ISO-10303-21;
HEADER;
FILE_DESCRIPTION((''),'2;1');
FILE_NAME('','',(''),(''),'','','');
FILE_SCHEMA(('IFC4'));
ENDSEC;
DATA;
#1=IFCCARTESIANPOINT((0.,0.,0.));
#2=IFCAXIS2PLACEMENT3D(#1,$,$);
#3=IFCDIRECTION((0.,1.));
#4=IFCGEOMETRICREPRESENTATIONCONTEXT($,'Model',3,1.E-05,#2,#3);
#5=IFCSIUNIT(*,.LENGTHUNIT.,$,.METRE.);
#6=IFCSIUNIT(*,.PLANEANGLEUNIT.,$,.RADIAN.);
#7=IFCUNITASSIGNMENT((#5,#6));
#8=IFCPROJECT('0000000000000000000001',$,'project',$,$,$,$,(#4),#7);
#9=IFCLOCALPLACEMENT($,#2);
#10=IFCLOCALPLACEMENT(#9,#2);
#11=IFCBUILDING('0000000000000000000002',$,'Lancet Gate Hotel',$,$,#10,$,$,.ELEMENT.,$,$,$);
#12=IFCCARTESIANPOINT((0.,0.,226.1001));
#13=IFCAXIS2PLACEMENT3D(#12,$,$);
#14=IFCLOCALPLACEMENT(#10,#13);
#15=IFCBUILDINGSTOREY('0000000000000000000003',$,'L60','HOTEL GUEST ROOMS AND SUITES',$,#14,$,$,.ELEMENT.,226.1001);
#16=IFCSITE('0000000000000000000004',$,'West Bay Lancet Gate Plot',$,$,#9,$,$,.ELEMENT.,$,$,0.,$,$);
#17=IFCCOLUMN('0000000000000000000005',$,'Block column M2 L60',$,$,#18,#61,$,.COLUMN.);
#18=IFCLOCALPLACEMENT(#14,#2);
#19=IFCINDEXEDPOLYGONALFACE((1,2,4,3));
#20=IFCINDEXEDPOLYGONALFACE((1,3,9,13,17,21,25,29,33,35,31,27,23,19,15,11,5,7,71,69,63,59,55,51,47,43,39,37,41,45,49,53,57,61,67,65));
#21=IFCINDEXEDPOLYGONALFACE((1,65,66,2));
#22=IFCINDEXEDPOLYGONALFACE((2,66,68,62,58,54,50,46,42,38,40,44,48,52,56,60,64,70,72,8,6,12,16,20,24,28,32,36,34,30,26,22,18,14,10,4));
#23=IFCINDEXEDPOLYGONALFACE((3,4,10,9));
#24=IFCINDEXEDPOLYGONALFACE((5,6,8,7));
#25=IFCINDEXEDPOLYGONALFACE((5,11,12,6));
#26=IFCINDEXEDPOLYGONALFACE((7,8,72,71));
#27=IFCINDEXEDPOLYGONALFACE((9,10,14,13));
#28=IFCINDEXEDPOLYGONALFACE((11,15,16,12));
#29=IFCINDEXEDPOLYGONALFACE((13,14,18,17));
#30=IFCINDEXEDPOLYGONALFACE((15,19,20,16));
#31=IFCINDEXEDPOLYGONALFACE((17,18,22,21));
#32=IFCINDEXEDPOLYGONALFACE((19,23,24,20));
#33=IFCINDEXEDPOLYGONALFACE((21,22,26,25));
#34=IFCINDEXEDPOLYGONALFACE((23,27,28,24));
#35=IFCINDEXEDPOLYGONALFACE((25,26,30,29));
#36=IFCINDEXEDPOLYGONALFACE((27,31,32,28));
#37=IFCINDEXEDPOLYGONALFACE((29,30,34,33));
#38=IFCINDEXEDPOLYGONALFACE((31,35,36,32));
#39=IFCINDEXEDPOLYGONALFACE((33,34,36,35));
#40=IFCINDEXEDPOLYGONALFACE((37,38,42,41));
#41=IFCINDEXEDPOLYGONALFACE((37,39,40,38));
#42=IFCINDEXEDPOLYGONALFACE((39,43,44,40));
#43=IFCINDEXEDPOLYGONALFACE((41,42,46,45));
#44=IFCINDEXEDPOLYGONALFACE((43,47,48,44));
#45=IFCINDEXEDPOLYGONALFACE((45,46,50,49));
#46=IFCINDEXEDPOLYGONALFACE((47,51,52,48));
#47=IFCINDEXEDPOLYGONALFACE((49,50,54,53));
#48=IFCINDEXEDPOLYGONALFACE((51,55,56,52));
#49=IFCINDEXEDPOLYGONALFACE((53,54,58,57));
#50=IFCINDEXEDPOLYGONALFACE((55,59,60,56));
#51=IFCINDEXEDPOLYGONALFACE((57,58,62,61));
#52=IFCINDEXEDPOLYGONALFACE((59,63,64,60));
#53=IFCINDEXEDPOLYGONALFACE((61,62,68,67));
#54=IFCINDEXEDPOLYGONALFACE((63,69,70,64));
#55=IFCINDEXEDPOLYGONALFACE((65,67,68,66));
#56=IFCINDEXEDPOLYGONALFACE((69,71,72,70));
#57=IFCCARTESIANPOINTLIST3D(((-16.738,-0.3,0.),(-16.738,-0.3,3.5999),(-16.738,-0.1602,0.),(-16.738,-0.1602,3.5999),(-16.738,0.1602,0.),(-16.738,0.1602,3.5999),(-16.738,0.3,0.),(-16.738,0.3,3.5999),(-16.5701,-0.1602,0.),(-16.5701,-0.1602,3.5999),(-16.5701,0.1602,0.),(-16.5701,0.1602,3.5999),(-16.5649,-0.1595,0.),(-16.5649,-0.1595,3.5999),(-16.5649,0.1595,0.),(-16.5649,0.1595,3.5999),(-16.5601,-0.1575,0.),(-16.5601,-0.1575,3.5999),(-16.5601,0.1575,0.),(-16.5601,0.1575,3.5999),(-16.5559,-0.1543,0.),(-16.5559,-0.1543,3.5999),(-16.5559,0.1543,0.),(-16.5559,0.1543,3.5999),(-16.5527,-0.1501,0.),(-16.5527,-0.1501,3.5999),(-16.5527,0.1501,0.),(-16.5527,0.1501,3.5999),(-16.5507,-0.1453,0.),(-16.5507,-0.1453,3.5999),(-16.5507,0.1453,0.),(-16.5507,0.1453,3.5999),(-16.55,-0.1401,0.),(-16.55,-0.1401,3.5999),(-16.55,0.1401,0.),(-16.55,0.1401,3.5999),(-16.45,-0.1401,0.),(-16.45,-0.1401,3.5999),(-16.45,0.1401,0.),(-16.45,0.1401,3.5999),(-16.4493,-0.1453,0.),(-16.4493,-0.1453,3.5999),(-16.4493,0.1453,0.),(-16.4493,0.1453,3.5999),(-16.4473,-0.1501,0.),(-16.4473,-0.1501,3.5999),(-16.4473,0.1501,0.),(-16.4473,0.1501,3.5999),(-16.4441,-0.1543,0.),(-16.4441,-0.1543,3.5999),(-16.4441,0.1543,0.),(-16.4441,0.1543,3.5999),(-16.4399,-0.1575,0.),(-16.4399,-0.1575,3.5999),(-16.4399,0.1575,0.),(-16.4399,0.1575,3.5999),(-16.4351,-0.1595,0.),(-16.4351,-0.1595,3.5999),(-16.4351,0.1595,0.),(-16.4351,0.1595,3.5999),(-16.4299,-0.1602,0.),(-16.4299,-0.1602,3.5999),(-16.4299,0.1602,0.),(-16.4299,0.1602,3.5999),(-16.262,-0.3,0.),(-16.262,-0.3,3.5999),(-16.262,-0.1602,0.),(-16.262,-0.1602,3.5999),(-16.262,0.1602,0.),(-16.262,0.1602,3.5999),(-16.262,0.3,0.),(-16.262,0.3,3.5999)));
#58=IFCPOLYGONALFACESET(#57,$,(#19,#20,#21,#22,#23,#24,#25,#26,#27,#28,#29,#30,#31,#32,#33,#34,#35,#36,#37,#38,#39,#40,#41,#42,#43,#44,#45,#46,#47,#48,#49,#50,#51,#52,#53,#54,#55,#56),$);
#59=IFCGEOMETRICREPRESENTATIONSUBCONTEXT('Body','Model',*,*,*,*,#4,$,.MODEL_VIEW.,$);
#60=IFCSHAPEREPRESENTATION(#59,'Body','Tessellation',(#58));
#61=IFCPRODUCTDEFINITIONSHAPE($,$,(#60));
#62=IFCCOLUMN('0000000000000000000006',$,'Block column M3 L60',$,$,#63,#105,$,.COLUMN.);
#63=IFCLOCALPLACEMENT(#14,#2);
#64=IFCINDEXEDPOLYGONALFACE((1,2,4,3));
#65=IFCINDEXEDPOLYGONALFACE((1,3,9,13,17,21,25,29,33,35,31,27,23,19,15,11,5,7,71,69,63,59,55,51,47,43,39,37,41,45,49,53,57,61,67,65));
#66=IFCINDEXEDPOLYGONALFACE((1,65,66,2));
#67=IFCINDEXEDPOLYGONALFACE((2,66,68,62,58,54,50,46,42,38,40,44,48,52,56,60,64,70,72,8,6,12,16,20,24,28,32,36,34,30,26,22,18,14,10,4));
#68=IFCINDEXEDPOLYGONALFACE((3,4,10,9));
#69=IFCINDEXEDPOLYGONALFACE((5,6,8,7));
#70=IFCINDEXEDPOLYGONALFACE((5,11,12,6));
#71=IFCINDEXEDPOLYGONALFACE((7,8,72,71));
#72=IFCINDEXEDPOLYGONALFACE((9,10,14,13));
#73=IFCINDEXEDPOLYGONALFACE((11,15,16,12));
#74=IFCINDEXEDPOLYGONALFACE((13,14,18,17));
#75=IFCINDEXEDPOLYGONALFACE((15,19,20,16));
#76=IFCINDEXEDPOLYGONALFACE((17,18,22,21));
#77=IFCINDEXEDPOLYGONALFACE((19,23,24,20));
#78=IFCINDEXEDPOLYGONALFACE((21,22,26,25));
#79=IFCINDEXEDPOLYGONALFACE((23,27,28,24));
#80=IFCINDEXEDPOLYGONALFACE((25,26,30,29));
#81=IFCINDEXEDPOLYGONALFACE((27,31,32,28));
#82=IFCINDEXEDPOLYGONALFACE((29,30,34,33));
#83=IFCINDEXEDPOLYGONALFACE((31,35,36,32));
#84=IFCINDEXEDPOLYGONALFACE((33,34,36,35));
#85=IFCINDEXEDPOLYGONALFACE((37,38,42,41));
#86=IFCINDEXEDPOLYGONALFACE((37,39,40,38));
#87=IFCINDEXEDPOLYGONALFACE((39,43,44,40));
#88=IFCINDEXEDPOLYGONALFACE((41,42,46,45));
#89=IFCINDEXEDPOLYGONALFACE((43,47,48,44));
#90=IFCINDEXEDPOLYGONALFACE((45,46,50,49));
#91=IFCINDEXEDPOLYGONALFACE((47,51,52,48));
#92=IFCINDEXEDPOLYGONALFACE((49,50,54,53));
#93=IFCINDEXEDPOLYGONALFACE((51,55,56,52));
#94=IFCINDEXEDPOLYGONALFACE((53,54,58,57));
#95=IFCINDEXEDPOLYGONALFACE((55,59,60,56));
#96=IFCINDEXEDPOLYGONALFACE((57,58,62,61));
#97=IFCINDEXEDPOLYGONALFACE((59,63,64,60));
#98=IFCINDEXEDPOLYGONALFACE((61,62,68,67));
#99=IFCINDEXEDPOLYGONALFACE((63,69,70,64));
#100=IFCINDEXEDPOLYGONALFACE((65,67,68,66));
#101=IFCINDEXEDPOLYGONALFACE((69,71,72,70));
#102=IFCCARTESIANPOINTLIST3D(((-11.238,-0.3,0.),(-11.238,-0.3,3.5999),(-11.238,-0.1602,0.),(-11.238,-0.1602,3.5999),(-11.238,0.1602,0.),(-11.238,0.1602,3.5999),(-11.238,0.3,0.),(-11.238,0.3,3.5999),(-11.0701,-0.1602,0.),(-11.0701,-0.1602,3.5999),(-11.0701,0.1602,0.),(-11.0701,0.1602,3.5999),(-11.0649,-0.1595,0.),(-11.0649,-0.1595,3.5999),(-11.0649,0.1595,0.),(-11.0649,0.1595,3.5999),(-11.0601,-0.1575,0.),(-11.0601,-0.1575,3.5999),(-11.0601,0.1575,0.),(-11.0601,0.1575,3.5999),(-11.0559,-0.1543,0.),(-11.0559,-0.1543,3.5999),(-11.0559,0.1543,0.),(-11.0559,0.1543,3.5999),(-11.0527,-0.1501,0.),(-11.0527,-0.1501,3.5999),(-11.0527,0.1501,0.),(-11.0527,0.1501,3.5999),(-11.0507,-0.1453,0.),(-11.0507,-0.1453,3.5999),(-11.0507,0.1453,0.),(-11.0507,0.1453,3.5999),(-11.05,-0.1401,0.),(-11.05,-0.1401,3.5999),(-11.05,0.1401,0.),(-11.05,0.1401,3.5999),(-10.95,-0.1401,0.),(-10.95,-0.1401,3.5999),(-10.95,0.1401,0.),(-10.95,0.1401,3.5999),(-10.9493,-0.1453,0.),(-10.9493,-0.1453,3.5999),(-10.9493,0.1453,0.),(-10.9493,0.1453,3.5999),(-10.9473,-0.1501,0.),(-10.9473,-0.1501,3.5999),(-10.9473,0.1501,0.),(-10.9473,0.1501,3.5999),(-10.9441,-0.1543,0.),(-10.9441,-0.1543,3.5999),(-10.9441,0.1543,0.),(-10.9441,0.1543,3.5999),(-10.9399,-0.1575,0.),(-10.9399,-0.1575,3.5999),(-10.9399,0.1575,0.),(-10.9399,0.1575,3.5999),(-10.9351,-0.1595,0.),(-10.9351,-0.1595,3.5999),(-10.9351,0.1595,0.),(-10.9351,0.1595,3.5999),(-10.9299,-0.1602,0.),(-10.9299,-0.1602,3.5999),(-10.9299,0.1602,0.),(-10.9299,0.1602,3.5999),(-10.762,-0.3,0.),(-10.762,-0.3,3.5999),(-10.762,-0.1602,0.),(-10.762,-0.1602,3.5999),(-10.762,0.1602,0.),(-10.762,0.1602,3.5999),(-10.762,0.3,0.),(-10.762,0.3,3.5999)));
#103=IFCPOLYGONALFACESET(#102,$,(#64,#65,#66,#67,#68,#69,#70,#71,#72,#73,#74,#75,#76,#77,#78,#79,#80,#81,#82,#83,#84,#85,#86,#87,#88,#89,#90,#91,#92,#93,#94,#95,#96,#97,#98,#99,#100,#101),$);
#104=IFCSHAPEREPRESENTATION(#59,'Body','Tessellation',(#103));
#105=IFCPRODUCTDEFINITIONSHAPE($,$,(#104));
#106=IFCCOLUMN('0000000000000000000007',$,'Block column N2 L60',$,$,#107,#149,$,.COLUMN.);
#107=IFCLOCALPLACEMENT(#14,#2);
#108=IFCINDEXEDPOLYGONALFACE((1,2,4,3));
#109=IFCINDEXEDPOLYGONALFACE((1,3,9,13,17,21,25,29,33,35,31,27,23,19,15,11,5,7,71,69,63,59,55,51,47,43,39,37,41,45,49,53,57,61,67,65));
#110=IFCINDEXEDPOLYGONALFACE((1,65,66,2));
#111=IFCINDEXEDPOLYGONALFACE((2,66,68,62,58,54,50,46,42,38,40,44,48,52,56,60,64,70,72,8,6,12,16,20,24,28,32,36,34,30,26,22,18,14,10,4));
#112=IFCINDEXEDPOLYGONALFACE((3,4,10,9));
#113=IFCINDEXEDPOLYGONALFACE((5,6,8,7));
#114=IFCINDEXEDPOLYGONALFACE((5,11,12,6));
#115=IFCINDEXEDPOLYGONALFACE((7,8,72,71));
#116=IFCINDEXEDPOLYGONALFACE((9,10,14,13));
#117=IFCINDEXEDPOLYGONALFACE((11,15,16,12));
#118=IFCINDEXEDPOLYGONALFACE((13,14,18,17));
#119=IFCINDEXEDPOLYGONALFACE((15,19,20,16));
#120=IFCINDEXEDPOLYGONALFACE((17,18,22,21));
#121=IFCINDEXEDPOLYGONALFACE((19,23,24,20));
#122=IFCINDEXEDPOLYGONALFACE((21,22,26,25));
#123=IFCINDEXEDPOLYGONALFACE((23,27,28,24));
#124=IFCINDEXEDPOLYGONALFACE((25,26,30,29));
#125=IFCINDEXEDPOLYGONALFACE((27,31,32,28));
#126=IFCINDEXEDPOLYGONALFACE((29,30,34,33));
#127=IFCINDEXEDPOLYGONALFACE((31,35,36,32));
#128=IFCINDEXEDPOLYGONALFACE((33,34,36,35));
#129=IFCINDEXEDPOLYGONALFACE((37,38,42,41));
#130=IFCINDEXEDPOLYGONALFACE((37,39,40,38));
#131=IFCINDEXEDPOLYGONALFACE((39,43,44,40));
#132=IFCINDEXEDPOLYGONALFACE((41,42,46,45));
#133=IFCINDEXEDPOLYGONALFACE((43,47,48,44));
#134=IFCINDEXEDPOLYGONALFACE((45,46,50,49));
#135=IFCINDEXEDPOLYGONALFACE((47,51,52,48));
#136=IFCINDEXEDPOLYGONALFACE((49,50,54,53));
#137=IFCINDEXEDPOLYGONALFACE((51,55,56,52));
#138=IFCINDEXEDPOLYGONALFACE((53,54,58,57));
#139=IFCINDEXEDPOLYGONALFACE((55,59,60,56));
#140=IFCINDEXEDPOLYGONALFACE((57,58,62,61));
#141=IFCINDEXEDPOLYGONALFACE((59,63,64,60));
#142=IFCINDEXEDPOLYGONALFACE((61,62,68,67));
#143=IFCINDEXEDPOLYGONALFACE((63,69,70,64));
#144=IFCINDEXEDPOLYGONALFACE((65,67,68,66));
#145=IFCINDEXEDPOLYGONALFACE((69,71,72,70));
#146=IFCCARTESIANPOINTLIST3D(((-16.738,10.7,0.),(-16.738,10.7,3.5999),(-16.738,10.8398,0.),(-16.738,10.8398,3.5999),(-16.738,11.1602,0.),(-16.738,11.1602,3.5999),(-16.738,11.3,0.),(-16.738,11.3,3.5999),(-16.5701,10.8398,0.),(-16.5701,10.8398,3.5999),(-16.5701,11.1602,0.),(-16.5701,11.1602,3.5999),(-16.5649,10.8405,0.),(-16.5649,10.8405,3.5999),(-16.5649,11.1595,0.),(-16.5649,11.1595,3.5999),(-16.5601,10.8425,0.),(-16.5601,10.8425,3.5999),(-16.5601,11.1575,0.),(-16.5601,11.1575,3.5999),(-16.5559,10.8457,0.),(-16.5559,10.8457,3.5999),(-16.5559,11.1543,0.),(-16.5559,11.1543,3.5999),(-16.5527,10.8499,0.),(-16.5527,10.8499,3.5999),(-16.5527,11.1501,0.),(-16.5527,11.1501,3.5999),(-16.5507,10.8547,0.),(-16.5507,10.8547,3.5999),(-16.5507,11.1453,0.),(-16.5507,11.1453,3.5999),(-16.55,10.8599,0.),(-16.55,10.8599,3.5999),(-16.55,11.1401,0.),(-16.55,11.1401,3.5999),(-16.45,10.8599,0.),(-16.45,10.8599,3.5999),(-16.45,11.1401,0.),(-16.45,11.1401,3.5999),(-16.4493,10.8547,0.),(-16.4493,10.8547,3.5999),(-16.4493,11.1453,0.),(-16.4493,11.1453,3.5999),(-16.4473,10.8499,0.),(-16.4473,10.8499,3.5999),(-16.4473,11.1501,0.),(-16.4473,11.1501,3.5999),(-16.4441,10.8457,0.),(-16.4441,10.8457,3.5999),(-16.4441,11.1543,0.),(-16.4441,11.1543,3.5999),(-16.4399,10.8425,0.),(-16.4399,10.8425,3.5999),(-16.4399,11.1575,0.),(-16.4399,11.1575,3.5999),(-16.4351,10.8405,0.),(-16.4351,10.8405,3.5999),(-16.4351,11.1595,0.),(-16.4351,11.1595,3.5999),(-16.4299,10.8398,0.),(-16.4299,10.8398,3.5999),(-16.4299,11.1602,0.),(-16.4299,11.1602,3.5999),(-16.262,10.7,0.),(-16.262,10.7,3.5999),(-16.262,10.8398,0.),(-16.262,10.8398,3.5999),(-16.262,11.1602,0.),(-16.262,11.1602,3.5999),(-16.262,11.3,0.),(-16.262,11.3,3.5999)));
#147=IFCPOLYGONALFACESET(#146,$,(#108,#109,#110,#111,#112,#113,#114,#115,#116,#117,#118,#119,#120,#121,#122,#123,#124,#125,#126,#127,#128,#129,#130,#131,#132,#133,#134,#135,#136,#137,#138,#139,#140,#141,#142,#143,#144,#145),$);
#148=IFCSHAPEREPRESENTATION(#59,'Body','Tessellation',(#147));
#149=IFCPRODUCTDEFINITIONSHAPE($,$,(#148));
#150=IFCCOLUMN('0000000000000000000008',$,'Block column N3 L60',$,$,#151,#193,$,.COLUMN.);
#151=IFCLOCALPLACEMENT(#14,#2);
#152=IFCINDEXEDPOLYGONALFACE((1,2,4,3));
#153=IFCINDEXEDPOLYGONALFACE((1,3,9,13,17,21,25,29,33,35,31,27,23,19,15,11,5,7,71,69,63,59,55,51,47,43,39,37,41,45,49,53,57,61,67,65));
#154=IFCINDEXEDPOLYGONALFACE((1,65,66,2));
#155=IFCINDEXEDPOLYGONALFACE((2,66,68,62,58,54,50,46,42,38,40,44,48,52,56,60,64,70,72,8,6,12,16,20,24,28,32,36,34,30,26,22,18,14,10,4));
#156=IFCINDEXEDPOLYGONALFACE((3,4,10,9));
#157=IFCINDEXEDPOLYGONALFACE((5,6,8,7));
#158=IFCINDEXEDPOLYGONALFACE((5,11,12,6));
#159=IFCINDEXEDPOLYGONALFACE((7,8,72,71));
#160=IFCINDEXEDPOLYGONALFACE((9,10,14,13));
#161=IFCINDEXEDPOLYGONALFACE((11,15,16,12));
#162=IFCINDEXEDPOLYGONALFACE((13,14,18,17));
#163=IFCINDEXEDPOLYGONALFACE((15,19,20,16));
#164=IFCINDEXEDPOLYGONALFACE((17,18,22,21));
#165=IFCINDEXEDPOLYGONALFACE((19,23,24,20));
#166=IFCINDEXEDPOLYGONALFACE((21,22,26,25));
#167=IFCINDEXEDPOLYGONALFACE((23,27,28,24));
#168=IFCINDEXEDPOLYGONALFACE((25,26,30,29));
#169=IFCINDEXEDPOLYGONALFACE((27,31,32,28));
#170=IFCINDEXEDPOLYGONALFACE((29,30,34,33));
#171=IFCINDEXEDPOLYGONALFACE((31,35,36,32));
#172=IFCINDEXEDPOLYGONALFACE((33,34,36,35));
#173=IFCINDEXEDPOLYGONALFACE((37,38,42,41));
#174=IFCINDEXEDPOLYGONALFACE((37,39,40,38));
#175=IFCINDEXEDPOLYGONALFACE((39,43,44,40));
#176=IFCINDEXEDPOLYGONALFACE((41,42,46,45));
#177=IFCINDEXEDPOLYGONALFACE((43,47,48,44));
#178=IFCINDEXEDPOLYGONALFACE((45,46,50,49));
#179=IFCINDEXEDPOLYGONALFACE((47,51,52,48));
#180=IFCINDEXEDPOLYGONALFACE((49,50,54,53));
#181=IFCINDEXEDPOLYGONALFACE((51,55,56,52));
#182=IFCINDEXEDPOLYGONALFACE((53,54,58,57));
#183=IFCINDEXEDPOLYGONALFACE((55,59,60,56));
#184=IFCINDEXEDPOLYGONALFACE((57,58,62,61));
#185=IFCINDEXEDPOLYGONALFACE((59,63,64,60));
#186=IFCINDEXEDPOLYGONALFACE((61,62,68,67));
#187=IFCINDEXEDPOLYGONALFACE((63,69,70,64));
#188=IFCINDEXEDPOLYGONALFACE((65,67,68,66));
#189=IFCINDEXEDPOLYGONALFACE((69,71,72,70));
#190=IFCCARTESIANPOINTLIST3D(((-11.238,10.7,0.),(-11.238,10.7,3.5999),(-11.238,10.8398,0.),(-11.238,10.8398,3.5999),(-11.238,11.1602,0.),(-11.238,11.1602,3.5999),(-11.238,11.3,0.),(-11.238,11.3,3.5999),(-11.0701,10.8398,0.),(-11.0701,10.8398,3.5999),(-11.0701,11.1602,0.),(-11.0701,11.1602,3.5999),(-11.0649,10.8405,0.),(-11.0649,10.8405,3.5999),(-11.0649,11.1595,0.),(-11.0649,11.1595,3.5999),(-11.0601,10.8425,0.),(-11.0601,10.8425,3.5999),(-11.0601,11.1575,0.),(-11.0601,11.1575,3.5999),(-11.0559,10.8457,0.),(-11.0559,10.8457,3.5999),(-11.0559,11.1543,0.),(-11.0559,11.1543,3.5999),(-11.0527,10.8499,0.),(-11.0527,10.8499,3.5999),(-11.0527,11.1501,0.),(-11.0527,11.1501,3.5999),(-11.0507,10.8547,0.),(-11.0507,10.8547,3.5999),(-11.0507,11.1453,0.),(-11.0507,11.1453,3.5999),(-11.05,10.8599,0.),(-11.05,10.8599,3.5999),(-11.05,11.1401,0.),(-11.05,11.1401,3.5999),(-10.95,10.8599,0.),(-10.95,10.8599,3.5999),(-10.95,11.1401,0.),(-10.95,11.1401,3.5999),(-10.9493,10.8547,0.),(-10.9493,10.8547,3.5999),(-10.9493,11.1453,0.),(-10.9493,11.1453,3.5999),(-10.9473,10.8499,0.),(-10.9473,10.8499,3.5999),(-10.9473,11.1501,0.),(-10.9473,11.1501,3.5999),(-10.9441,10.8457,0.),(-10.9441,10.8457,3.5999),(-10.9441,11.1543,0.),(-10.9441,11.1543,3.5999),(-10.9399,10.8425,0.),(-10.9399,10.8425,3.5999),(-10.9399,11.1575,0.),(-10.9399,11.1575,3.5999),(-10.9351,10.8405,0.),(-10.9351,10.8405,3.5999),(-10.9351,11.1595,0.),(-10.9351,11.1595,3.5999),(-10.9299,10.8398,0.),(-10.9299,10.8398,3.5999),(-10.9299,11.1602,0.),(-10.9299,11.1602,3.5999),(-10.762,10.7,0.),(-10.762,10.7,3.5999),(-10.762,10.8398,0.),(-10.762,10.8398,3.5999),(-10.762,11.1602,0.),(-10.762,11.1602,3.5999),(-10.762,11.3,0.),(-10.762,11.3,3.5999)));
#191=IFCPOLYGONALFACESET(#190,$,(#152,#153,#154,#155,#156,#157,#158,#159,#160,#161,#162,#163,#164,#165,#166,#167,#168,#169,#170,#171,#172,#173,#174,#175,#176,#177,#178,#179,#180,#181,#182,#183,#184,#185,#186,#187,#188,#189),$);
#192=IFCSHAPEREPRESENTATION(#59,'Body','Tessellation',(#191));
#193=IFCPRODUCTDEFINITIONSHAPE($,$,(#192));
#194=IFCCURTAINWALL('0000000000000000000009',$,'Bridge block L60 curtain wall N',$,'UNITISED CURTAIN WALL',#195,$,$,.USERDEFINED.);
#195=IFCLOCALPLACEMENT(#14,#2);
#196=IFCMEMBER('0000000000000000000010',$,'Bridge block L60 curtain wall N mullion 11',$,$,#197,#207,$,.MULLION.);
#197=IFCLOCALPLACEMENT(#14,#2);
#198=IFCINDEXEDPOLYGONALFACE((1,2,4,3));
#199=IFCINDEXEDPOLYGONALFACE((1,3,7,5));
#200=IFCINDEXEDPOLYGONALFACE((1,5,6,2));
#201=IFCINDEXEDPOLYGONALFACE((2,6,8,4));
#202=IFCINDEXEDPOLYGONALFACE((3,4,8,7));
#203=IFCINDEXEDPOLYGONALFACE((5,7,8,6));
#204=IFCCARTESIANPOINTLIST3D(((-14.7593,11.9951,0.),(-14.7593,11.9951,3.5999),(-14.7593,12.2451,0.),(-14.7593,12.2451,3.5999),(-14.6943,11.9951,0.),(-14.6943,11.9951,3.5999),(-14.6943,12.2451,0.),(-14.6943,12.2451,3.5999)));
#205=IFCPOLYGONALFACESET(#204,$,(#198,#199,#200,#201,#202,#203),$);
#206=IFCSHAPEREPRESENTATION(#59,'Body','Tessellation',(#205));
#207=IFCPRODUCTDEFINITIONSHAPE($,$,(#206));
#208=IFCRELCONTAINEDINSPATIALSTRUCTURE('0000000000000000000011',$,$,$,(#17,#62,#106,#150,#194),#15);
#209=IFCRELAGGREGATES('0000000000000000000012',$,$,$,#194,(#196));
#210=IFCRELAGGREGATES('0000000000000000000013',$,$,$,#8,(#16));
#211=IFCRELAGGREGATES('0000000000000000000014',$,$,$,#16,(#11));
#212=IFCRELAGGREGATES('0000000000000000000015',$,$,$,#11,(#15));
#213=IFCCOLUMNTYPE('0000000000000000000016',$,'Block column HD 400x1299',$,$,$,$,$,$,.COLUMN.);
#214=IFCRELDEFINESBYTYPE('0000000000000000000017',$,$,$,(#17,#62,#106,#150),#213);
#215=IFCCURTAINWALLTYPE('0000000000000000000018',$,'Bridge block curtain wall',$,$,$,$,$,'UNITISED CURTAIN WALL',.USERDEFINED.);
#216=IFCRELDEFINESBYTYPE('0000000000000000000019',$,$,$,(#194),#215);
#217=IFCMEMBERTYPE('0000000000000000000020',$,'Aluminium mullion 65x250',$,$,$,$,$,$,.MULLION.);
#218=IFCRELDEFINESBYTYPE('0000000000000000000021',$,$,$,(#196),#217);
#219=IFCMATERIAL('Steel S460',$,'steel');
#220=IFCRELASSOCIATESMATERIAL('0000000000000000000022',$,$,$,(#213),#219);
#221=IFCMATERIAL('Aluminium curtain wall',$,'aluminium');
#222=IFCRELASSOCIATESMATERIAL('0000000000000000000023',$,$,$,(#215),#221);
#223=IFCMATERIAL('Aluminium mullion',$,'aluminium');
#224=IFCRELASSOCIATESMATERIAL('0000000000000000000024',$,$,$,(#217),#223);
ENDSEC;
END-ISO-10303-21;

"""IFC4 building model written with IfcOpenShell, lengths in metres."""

from ifc_helpers import new_model, si_unit, direction, frame, origin, origin_2d, place, context, subcontext, project, spatial, rectangle, i_section, extrude, material, material_profile, profile_set, type_object, element, aggregate, save


model = new_model("IFC4")

# Units and contexts
model_context = context("Model", 3, precision=1e-05, world=origin(), true_north=direction((0.0, 1.0)))
body_context = subcontext(model_context, "Body", "Model", "MODEL_VIEW")
ifc_project = project(units=[si_unit("LENGTHUNIT", "METRE"), si_unit("PLANEANGLEUNIT", "RADIAN")], contexts=[model_context])

# Site, building, storey
site_placement = place(None, origin())
site = spatial("IfcSite", under=ifc_project, at=site_placement, Name="West Bay Lancet Gate Plot", CompositionType="ELEMENT", RefElevation=0.0)
building_placement = place(site_placement, origin())
building = spatial("IfcBuilding", under=site, at=building_placement, Name="Lancet Gate Hotel", CompositionType="ELEMENT")
storey_placement = place(building_placement, frame((0.0, 0.0, 226.1001)))
storey = spatial("IfcBuildingStorey", under=building, at=storey_placement, Name="L60", Description="HOTEL GUEST ROOMS AND SUITES", CompositionType="ELEMENT", Elevation=226.1001)

# Columns
ifc_material_1 = material(Name="Steel S460", Category="steel")
ifc_material_profile_1 = material_profile(ifc_material_1, i_section(OverallWidth=0.4761, OverallDepth=0.6001, WebThickness=0.1001, FlangeThickness=0.1399, FilletRadius=0.02, at=origin_2d()), Name="HD 400x1299")
ifc_profile_set_1 = profile_set([ifc_material_profile_1], Name="Steel S460")
column_type = type_object("IfcColumnType", Name="Block column HD 400x1299", PredefinedType="COLUMN", material=ifc_profile_set_1)
for number, where, z_axis, x_axis, name in (
    (1, (-16.5, 0.0, 0.0), (0.0, 0.0, 1.0), (1.0, 0.0, 0.0), "Block column M2 L60"),
    (2, (-11.0, 0.0, 0.0), (0.0, 0.0, 1.0), (1.0, 0.0, 0.0), "Block column M3 L60"),
    (3, (-16.5, 11.0, 0.0), (0.0, 0.0, 1.0), (1.0, 0.0, 0.0), "Block column N2 L60"),
    (4, (-11.0, 11.0, 0.0), (0.0, 0.0, 1.0), (1.0, 0.0, 0.0), "Block column N3 L60"),
):
    element("IfcColumn", number, at=place(storey_placement, frame(where, z_axis=z_axis, x_axis=x_axis)), inside=storey, type_object=column_type, Name=name, PredefinedType="COLUMN", context=body_context, shape_type="SweptSolid", body=[
        extrude(i_section(OverallWidth=0.4761, OverallDepth=0.6001, WebThickness=0.1001, FlangeThickness=0.1399, FilletRadius=0.02, at=origin_2d()), origin(), (0.0, 0.0, 1.0), 3.5999),
    ])

# Curtain wall, member
ifc_material_2 = material(Name="Aluminium curtain wall", Category="aluminium")
curtain_wall_type = type_object("IfcCurtainWallType", Name="Bridge block curtain wall", ElementType="UNITISED CURTAIN WALL", PredefinedType="USERDEFINED", material=ifc_material_2)
curtain_wall_placement = place(storey_placement, origin())
curtain_wall = element("IfcCurtainWall", 5, at=curtain_wall_placement, inside=storey, type_object=curtain_wall_type, Name="Bridge block L60 curtain wall N", ObjectType="UNITISED CURTAIN WALL", PredefinedType="USERDEFINED")
ifc_material_3 = material(Name="Aluminium mullion", Category="aluminium")
ifc_material_profile_2 = material_profile(ifc_material_3, rectangle(XDim=0.0649, YDim=0.25, at=origin_2d()), Name="MULLION 65x250")
ifc_profile_set_2 = profile_set([ifc_material_profile_2], Name="Aluminium mullion")
member_type_1 = type_object("IfcMemberType", Name="Aluminium mullion 65x250", PredefinedType="MULLION", material=ifc_profile_set_2)
member_1_placement = place(storey_placement, frame((-14.7268, 12.1201, 0.0), z_axis=(0.0, 0.0, 1.0), x_axis=(-1.0, 0.0, 0.0)))
member_1 = element("IfcMember", 6, at=member_1_placement, type_object=member_type_1, Name="Bridge block L60 curtain wall N mullion 11", PredefinedType="MULLION", context=body_context, shape_type="SweptSolid", body=[
    extrude(rectangle(XDim=0.0649, YDim=0.25, at=origin_2d()), origin(), (0.0, 0.0, 1.0), 3.5999),
])

aggregate(curtain_wall, [member_1])

save(model, "model.ifc")
